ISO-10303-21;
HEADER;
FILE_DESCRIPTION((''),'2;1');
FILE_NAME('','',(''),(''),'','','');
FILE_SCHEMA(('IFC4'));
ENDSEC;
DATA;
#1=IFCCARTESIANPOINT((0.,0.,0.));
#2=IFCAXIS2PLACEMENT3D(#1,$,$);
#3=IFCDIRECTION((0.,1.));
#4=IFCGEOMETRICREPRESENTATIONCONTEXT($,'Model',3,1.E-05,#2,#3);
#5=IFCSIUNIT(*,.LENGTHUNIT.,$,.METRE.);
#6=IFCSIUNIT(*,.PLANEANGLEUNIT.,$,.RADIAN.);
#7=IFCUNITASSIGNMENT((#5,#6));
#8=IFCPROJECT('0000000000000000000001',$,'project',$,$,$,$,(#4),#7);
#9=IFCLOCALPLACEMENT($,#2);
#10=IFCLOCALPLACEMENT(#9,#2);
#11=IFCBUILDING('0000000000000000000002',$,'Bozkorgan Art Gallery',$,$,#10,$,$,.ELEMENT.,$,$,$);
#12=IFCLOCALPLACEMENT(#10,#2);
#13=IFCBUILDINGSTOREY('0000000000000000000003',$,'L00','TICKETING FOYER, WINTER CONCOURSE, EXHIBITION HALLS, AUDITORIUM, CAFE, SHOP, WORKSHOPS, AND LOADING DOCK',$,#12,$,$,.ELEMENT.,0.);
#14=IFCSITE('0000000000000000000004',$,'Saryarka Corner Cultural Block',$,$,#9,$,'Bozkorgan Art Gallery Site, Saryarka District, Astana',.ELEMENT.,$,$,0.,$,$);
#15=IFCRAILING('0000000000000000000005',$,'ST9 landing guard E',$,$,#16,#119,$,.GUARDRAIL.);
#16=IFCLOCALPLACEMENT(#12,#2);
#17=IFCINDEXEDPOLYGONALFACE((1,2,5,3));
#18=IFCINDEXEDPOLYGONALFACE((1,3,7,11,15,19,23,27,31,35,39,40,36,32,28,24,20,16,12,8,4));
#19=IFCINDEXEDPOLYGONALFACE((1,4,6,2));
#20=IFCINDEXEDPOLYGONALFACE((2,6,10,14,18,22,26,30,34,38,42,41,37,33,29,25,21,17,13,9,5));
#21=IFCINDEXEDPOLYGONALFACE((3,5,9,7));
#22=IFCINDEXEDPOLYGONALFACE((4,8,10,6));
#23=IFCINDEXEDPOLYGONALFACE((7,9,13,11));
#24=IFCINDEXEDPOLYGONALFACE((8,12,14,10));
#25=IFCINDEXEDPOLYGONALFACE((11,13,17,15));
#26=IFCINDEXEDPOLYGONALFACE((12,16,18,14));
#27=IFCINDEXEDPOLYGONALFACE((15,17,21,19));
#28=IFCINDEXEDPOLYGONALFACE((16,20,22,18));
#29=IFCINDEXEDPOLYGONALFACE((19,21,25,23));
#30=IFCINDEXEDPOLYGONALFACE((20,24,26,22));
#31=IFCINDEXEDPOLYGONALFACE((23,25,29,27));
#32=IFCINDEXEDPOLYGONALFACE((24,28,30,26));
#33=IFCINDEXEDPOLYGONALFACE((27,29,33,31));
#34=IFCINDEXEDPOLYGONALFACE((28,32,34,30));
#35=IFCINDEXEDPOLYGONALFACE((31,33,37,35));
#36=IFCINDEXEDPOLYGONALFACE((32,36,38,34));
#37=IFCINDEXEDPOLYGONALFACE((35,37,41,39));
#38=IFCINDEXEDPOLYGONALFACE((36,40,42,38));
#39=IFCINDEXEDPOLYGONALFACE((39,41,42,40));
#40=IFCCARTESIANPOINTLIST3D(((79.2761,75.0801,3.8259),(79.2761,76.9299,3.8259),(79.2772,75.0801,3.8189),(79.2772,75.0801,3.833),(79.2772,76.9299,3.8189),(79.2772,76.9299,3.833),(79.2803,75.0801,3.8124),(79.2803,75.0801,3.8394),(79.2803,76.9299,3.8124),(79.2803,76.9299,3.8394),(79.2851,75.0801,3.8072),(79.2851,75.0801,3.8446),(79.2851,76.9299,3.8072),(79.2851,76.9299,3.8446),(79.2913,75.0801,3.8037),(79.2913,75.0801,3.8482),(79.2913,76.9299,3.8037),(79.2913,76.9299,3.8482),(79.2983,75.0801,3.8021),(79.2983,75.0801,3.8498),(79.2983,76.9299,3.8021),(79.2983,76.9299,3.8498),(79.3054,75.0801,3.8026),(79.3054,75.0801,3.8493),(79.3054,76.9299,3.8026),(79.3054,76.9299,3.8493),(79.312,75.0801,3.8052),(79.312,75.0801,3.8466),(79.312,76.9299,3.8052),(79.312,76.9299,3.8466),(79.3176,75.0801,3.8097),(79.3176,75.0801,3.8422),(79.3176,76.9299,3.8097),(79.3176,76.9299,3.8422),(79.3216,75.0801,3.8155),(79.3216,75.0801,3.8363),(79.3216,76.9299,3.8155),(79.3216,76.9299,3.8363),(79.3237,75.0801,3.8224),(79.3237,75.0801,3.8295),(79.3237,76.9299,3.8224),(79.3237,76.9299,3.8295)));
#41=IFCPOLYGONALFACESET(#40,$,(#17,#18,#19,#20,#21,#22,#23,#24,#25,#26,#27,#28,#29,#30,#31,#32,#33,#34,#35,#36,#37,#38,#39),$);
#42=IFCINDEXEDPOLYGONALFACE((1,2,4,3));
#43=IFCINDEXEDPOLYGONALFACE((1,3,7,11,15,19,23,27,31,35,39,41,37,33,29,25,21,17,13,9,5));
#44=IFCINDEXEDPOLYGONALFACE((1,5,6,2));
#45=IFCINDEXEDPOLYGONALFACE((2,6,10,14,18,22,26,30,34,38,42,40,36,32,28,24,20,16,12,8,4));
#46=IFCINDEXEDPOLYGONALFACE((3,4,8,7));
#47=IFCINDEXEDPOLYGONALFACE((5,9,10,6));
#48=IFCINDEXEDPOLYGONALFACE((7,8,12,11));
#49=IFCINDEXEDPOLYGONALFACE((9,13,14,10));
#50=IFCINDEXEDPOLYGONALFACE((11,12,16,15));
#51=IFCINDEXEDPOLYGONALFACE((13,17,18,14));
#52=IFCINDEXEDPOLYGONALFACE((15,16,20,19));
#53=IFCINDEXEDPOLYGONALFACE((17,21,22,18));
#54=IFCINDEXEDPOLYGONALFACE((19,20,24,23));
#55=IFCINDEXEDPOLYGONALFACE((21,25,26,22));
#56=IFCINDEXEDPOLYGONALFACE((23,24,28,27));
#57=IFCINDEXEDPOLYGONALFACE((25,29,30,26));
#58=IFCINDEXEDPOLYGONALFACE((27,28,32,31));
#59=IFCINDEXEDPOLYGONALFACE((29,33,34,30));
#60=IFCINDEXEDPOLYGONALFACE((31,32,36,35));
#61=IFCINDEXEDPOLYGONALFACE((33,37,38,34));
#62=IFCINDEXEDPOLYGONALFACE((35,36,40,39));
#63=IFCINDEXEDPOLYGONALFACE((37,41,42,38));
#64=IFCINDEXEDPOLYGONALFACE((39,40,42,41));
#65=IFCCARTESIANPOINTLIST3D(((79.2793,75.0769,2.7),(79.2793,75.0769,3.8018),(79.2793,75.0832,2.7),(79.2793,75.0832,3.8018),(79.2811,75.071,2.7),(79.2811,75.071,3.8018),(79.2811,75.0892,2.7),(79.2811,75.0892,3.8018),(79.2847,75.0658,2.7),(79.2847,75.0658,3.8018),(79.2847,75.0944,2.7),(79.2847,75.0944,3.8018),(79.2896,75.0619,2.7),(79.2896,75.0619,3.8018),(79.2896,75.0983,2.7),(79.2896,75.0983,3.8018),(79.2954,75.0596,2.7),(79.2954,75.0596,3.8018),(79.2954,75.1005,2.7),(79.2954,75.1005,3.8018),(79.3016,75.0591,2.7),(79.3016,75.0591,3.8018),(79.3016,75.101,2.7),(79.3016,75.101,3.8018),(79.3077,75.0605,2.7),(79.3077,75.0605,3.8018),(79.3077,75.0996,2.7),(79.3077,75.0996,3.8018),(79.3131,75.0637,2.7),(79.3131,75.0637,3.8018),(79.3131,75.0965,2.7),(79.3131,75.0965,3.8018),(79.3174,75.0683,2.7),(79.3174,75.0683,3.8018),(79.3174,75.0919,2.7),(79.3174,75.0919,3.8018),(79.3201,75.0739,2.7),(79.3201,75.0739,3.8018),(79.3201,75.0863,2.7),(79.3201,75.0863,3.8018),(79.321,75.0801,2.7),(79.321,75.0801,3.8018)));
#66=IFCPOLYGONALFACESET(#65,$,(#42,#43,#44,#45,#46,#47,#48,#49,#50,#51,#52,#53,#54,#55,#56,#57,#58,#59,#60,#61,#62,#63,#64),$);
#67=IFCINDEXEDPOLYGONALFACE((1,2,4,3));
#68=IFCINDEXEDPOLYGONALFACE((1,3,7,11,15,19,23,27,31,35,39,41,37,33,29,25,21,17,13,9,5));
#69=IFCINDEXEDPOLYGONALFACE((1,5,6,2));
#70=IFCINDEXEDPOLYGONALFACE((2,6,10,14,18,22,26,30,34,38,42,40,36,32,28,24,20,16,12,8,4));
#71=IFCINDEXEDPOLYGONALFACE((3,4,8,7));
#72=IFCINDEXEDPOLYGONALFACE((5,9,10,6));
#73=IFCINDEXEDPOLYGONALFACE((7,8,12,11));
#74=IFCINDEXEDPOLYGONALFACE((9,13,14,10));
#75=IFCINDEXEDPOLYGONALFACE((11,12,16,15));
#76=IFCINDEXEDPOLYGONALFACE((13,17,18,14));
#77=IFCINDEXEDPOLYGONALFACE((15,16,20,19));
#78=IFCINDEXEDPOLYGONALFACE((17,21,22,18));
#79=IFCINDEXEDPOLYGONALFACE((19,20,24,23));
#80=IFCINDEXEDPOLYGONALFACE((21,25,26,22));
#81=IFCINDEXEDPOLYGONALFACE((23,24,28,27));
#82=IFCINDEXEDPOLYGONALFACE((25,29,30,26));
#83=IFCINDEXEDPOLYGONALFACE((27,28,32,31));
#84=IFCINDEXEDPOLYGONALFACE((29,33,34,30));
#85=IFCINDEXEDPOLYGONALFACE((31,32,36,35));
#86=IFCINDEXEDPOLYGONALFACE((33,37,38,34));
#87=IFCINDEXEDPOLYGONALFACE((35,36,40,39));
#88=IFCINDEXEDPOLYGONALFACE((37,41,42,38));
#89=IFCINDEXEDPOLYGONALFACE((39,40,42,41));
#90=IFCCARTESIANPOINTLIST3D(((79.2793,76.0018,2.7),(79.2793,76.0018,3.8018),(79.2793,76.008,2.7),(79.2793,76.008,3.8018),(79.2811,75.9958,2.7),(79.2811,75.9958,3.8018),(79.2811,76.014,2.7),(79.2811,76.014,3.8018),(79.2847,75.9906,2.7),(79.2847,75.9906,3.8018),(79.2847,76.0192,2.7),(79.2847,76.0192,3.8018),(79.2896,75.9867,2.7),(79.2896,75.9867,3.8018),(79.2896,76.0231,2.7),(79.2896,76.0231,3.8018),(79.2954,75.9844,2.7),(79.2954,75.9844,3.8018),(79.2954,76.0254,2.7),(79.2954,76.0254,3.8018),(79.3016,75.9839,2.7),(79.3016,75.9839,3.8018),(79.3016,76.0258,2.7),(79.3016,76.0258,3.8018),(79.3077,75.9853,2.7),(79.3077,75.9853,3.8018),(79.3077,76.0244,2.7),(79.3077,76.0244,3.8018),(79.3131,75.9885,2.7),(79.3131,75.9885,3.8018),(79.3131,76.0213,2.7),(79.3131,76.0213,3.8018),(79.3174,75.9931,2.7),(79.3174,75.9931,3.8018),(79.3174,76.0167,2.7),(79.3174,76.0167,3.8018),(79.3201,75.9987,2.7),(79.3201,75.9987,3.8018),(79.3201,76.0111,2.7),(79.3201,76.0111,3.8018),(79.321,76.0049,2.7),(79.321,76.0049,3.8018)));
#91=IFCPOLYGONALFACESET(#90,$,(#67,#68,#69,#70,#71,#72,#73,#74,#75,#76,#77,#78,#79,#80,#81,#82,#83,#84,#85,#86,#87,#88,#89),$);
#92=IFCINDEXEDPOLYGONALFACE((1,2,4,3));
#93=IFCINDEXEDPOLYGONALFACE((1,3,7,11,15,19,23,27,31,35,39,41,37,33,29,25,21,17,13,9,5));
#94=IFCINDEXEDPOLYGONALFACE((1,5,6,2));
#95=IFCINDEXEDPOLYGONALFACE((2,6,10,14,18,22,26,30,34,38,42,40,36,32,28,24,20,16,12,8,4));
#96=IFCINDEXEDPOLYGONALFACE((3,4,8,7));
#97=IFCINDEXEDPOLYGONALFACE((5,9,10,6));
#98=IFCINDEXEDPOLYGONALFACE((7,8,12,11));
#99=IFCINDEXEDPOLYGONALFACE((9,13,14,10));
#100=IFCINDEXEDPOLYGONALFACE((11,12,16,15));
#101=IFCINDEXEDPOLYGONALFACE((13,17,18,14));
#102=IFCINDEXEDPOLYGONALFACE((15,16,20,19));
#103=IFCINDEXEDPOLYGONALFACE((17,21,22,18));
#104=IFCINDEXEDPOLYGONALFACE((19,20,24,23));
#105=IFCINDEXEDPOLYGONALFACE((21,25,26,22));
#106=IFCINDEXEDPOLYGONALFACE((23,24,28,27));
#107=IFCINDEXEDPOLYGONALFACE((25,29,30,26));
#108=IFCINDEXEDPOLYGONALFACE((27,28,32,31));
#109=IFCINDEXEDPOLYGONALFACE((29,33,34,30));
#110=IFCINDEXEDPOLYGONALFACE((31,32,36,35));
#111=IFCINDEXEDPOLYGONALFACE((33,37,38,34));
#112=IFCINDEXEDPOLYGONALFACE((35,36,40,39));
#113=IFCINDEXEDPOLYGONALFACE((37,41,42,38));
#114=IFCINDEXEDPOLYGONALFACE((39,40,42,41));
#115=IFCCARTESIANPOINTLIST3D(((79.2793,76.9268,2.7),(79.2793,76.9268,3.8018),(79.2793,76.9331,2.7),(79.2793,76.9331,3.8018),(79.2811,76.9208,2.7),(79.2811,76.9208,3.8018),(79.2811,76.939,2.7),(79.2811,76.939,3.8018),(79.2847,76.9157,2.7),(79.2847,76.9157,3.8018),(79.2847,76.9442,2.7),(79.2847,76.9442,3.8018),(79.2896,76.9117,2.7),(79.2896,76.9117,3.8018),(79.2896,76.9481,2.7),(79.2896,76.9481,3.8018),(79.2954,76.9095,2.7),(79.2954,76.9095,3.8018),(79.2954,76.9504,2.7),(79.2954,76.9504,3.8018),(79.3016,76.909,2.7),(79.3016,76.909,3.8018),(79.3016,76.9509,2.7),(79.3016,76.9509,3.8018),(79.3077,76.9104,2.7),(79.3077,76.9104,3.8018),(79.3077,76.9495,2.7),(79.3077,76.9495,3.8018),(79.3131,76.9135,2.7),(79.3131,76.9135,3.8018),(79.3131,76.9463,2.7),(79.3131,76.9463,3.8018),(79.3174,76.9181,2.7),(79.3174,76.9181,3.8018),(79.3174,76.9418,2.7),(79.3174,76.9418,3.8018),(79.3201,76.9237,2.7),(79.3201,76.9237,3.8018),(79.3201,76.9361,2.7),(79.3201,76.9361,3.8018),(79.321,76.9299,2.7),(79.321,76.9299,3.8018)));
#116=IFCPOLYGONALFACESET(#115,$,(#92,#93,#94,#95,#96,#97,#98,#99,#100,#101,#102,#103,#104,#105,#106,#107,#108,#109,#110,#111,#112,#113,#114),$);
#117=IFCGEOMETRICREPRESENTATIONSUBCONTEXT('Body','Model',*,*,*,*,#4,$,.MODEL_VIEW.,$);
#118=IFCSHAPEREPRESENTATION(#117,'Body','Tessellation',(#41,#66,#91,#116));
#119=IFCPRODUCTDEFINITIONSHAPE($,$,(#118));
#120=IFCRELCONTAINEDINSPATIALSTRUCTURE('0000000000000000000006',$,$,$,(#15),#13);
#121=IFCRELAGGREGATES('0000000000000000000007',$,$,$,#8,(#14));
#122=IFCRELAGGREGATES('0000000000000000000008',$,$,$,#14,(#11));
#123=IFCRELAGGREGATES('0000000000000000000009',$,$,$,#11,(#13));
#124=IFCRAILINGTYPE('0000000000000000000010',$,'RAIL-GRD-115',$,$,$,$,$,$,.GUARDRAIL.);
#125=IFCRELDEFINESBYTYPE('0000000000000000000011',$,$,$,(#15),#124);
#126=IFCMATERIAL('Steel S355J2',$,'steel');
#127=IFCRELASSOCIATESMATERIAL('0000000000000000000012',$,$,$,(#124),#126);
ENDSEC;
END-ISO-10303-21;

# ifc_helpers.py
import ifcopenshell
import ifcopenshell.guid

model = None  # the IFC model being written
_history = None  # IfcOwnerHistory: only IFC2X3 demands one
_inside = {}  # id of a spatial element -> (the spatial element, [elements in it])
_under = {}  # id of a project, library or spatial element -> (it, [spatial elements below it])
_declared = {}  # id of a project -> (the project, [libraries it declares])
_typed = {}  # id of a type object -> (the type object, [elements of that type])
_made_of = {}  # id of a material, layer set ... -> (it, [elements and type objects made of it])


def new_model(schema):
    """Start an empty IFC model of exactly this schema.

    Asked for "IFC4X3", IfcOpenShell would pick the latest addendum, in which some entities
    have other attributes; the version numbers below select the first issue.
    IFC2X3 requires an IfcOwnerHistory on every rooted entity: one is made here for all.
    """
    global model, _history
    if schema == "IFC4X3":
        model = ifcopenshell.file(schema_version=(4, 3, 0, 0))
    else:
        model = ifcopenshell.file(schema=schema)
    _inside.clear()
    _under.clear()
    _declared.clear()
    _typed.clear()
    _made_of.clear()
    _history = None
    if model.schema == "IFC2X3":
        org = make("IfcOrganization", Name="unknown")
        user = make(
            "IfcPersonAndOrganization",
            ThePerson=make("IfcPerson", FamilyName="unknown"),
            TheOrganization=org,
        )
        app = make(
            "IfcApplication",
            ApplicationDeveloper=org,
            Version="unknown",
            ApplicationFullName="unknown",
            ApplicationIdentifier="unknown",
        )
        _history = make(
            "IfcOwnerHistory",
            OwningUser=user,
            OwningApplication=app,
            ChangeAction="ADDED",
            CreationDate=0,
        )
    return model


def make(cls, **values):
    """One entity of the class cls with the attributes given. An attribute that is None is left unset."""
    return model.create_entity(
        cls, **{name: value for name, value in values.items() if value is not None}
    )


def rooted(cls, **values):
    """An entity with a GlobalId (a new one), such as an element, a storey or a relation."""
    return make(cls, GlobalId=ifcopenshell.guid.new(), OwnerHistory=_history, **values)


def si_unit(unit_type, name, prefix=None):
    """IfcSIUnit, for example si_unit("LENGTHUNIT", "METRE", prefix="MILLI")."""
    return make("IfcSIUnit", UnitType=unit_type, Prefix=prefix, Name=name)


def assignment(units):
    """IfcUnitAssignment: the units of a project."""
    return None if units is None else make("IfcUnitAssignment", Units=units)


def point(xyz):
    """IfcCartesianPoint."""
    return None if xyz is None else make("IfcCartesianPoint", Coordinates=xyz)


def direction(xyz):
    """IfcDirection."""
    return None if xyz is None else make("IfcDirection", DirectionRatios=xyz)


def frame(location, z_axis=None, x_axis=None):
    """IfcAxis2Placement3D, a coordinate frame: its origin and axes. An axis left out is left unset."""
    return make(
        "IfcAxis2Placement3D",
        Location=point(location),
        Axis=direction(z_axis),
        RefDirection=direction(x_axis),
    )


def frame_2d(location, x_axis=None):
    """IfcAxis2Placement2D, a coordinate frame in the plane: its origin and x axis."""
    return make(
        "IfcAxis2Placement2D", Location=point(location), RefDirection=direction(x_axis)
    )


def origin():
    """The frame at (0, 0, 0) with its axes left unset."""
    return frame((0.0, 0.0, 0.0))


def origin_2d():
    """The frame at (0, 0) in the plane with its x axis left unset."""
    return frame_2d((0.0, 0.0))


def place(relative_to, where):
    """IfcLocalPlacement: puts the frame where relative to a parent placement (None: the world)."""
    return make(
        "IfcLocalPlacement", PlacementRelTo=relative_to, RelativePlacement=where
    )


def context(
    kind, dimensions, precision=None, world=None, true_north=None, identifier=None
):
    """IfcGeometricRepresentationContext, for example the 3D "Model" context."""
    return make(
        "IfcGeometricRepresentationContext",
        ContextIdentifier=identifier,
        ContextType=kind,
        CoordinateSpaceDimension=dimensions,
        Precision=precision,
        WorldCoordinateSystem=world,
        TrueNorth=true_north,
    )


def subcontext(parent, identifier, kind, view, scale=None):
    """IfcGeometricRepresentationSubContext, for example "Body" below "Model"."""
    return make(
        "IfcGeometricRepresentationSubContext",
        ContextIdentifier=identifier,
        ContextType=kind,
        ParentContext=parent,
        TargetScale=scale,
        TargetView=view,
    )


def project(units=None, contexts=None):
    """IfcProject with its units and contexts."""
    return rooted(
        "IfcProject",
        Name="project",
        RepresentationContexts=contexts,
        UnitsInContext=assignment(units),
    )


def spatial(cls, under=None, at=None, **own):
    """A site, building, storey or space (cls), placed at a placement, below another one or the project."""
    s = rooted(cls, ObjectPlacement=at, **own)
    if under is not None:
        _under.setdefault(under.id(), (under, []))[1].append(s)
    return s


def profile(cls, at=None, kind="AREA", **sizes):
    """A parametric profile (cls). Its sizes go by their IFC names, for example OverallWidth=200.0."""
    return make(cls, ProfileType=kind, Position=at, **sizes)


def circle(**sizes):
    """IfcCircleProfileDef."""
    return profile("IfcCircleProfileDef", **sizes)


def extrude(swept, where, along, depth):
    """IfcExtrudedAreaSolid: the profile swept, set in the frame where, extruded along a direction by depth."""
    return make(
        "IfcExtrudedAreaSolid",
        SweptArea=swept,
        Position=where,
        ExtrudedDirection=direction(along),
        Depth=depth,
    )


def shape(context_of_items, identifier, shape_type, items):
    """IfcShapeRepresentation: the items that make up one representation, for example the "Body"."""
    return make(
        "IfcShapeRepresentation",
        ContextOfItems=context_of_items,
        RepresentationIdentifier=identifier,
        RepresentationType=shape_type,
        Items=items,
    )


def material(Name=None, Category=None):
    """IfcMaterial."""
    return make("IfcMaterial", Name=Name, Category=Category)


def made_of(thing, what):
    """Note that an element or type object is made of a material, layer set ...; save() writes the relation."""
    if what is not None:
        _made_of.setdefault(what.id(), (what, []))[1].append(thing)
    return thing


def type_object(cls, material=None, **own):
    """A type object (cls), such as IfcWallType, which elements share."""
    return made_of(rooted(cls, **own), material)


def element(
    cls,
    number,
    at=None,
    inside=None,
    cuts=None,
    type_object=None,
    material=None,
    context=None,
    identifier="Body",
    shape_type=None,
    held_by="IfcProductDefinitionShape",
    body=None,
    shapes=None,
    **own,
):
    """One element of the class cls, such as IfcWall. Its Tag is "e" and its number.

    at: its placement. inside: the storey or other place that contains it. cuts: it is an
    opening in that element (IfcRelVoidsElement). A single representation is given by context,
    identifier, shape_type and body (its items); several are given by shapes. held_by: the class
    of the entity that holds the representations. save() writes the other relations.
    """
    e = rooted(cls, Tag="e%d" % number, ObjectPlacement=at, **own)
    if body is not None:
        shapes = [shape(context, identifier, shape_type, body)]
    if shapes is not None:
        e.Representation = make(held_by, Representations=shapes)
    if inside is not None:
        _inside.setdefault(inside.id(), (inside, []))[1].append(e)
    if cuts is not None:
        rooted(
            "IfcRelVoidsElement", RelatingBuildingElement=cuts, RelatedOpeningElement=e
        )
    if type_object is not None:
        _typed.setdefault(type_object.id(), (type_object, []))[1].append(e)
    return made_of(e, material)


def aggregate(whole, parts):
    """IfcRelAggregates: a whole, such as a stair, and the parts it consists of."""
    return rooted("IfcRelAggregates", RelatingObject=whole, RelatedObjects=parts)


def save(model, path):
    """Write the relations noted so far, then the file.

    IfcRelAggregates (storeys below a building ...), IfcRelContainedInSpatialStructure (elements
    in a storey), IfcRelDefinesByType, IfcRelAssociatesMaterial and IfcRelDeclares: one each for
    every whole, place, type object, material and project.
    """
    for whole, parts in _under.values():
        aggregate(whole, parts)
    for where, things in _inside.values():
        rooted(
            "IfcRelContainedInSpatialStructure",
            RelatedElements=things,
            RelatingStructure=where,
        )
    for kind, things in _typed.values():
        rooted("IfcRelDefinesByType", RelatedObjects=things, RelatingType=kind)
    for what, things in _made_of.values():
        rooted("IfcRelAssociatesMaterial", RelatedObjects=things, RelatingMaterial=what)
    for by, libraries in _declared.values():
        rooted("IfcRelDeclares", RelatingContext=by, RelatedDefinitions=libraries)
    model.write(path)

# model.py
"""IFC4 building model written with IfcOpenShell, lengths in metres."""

from ifc_helpers import new_model, si_unit, direction, frame, origin, origin_2d, place, context, subcontext, project, spatial, circle, extrude, material, type_object, element, save


model = new_model("IFC4")

# Units and contexts
model_context = context("Model", 3, precision=1e-05, world=origin(), true_north=direction((0.0, 1.0)))
body_context = subcontext(model_context, "Body", "Model", "MODEL_VIEW")
ifc_project = project(units=[si_unit("LENGTHUNIT", "METRE"), si_unit("PLANEANGLEUNIT", "RADIAN")], contexts=[model_context])

# Site, building, storey
site_placement = place(None, origin())
site = spatial("IfcSite", under=ifc_project, at=site_placement, Name="Saryarka Corner Cultural Block", LongName="Bozkorgan Art Gallery Site, Saryarka District, Astana", CompositionType="ELEMENT", RefElevation=0.0)
building_placement = place(site_placement, origin())
building = spatial("IfcBuilding", under=site, at=building_placement, Name="Bozkorgan Art Gallery", CompositionType="ELEMENT")
storey_placement = place(building_placement, origin())
storey = spatial("IfcBuildingStorey", under=building, at=storey_placement, Name="L00", Description="TICKETING FOYER, WINTER CONCOURSE, EXHIBITION HALLS, AUDITORIUM, CAFE, SHOP, WORKSHOPS, AND LOADING DOCK", CompositionType="ELEMENT", Elevation=0.0)

# Shared definitions
ifc_material_1 = material(Name="Steel S355J2", Category="steel")

# Railing
railing_type_1 = type_object("IfcRailingType", Name="RAIL-GRD-115", PredefinedType="GUARDRAIL", material=ifc_material_1)
railing_1_placement = place(storey_placement, frame((79.3, 75.0801, 2.7)))
element("IfcRailing", 1, at=railing_1_placement, inside=storey, type_object=railing_type_1, Name="ST9 landing guard E", PredefinedType="GUARDRAIL", context=body_context, shape_type="SweptSolid", body=[
    extrude(circle(Radius=0.0239, at=origin_2d()), frame((0.0, 0.0, 1.126), z_axis=(0.0, 1.0, 0.0), x_axis=(-1.0, 0.0, 0.0)), (0.0, 0.0, 1.0), 1.8499),
    extrude(circle(Radius=0.021, at=origin_2d()), origin(), (0.0, 0.0, 1.0), 1.1018),
    extrude(circle(Radius=0.021, at=origin_2d()), frame((0.0, 0.9248, 0.0)), (0.0, 0.0, 1.0), 1.1018),
    extrude(circle(Radius=0.021, at=origin_2d()), frame((0.0, 1.8499, 0.0)), (0.0, 0.0, 1.0), 1.1018),
])

save(model, "model.ifc")
